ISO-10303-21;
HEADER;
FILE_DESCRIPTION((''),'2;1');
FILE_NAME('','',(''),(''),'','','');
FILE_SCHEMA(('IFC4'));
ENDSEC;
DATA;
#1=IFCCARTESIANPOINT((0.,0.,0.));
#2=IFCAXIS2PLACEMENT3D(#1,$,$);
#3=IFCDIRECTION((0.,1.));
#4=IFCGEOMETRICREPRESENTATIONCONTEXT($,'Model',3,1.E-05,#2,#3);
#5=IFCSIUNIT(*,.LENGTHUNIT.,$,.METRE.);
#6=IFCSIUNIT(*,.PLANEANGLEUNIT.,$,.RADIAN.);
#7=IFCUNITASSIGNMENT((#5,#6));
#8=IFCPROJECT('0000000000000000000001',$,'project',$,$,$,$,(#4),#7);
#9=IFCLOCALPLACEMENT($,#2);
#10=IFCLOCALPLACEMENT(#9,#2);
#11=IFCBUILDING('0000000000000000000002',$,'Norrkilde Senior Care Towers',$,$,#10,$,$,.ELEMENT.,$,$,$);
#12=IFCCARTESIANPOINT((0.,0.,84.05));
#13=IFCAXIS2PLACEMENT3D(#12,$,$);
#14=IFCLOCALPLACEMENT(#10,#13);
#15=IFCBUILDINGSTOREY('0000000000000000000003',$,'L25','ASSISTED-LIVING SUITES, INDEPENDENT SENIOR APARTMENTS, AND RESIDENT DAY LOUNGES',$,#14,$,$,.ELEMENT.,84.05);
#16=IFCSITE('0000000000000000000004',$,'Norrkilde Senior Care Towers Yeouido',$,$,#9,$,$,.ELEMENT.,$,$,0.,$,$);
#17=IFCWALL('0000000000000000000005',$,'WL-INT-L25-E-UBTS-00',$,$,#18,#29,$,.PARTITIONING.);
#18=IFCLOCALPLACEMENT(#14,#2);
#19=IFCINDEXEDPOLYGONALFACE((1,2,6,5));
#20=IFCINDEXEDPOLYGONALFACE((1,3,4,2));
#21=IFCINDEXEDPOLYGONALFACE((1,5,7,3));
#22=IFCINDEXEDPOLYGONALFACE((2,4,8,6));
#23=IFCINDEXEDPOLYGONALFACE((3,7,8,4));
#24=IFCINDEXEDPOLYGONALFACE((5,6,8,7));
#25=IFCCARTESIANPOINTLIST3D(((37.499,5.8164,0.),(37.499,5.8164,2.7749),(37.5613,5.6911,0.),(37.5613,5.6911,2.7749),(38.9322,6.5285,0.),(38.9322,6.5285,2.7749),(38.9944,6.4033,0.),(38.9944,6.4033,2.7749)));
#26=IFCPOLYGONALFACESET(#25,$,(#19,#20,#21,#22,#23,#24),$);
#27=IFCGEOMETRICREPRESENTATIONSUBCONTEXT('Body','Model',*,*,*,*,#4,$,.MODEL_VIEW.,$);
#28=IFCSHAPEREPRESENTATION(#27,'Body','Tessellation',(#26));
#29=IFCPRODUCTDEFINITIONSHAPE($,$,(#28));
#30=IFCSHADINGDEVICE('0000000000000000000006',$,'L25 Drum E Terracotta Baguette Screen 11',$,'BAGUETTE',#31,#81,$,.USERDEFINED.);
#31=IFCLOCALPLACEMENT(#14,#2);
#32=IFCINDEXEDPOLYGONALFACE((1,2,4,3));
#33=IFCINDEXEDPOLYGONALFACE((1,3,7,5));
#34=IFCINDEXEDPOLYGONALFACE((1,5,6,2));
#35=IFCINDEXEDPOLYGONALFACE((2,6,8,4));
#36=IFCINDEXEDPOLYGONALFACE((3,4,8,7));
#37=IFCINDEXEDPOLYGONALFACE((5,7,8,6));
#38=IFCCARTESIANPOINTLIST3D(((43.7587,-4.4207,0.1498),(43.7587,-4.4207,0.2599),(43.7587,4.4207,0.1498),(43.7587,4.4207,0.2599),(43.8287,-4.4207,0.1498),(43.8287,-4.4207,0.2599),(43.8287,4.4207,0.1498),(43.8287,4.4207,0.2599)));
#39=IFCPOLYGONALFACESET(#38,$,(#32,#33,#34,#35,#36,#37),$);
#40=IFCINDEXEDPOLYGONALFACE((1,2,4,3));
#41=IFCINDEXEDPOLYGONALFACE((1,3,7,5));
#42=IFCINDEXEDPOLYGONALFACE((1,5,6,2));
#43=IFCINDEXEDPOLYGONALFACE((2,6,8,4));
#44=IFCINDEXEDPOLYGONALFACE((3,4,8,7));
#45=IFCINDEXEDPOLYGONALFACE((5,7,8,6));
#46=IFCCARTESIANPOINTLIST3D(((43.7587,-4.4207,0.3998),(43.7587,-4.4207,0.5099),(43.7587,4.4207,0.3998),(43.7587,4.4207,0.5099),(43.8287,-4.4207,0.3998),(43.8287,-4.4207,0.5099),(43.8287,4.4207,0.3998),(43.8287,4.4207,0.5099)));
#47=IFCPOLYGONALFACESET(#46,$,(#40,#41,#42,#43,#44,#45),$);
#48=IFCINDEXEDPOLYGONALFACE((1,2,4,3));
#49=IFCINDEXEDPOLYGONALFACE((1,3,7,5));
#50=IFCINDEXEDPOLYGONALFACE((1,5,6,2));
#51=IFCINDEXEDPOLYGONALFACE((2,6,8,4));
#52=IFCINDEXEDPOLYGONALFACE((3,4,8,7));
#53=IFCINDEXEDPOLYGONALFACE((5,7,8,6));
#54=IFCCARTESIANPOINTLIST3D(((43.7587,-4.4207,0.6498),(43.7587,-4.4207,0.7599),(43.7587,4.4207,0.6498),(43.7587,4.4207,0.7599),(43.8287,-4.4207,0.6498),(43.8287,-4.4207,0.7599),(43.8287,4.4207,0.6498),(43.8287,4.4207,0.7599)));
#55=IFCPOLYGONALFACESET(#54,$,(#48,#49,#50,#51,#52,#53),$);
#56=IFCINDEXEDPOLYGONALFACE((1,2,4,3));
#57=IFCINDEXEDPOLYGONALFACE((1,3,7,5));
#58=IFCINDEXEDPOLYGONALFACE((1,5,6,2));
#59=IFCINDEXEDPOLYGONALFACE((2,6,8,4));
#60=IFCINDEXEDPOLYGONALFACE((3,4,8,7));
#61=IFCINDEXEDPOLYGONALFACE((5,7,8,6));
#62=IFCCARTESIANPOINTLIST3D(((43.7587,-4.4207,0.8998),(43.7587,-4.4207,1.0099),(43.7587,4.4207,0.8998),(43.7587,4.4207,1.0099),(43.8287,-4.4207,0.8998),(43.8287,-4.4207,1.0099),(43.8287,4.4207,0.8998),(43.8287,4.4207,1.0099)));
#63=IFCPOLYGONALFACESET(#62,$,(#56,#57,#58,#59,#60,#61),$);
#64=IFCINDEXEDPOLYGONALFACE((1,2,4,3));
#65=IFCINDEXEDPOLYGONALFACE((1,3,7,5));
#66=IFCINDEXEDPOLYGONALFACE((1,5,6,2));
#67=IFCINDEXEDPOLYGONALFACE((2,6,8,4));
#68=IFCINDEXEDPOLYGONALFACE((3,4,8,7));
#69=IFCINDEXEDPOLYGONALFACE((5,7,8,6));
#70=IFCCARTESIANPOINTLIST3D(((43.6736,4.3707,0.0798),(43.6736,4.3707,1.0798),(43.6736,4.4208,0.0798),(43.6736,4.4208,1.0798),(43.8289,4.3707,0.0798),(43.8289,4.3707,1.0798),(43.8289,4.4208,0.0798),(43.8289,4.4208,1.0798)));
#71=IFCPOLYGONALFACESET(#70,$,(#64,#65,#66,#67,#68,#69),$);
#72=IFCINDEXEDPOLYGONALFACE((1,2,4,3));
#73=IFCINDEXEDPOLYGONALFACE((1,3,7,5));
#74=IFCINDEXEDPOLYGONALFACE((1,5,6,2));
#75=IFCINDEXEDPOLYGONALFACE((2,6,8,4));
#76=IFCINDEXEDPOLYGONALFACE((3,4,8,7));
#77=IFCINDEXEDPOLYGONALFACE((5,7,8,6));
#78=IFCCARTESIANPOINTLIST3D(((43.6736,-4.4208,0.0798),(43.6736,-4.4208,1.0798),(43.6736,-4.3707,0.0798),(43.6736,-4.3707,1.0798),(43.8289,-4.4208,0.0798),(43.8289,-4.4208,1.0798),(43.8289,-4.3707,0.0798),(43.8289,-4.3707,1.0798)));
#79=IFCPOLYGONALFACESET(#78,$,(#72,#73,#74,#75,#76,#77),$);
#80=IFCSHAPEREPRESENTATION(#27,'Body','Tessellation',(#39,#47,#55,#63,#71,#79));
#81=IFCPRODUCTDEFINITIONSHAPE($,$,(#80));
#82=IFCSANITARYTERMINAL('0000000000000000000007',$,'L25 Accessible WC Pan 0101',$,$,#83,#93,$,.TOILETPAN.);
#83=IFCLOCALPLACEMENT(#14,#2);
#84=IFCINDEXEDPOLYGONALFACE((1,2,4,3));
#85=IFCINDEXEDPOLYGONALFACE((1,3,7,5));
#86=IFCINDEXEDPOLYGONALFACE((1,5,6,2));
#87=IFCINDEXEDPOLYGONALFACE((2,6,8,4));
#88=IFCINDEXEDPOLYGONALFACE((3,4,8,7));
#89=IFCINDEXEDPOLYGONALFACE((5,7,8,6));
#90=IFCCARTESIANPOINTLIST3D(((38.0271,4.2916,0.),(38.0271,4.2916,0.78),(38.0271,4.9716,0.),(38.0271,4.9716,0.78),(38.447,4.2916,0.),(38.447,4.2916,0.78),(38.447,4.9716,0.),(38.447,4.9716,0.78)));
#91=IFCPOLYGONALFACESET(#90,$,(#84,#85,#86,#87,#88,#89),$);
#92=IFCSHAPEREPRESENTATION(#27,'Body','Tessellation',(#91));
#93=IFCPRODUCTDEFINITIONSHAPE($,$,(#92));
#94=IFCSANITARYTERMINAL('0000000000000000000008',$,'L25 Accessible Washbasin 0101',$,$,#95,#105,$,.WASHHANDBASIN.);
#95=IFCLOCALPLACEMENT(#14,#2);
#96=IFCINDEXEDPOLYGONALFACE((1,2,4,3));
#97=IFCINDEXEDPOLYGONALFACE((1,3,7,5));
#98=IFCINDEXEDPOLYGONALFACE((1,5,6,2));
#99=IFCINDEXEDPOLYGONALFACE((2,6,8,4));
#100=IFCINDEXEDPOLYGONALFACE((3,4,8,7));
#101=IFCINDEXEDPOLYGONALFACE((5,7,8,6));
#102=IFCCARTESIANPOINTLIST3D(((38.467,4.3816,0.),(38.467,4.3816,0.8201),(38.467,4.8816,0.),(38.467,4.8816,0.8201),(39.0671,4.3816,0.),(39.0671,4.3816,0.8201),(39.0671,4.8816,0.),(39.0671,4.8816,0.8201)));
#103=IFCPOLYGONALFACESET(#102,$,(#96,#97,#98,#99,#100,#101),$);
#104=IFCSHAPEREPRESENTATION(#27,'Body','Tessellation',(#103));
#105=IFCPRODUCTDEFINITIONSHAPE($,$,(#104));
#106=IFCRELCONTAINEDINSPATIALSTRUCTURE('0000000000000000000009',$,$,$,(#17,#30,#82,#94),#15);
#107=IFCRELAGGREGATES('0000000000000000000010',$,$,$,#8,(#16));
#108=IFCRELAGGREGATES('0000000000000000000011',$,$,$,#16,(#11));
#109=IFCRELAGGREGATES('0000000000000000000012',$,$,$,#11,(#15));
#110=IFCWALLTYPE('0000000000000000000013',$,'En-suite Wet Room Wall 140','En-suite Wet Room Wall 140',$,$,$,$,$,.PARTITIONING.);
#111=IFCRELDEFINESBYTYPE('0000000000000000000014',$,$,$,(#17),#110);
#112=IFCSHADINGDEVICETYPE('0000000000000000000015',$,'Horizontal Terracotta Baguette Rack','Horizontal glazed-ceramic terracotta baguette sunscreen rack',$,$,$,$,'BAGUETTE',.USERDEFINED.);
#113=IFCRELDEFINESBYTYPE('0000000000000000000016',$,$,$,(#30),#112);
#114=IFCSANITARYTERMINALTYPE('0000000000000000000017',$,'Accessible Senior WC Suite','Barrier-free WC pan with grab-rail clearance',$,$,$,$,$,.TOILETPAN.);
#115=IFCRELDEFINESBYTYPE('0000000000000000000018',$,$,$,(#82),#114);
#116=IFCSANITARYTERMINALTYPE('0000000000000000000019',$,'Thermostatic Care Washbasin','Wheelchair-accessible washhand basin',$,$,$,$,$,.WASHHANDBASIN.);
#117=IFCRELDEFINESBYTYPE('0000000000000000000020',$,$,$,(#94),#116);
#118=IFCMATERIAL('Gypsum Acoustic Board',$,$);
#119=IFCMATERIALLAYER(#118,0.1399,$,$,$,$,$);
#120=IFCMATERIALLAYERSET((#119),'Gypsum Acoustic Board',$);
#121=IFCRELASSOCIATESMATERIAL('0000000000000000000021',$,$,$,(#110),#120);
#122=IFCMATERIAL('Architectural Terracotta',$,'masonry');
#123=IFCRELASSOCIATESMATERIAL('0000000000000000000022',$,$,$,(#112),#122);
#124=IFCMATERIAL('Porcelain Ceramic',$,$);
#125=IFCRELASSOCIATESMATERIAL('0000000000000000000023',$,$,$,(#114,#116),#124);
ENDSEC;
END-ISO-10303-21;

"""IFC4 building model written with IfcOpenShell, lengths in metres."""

from ifc_helpers import new_model, si_unit, direction, frame, frame_2d, origin, origin_2d, place, context, subcontext, project, spatial, rectangle, extrude, source, transform, mapped, material, layer, layer_set, type_object, type_shapes, element, save


model = new_model("IFC4")

# Units and contexts
model_context = context("Model", 3, precision=1e-05, world=origin(), true_north=direction((0.0, 1.0)))
body_context = subcontext(model_context, "Body", "Model", "MODEL_VIEW")
ifc_project = project(units=[si_unit("LENGTHUNIT", "METRE"), si_unit("PLANEANGLEUNIT", "RADIAN")], contexts=[model_context])

# Site, building, storey
site_placement = place(None, origin())
site = spatial("IfcSite", under=ifc_project, at=site_placement, Name="Norrkilde Senior Care Towers Yeouido", CompositionType="ELEMENT", RefElevation=0.0)
building_placement = place(site_placement, origin())
building = spatial("IfcBuilding", under=site, at=building_placement, Name="Norrkilde Senior Care Towers", CompositionType="ELEMENT")
storey_placement = place(building_placement, frame((0.0, 0.0, 84.05)))
storey = spatial("IfcBuildingStorey", under=building, at=storey_placement, Name="L25", Description="ASSISTED-LIVING SUITES, INDEPENDENT SENIOR APARTMENTS, AND RESIDENT DAY LOUNGES", CompositionType="ELEMENT", Elevation=84.05)

# Shared definitions
ifc_material_1 = material(Name="Gypsum Acoustic Board")

# Wall
ifc_layer_1 = layer(ifc_material_1, 0.1399)
ifc_layer_set_1 = layer_set([ifc_layer_1], Name="Gypsum Acoustic Board")
wall_type_1 = type_object("IfcWallType", Name="En-suite Wet Room Wall 140", Description="En-suite Wet Room Wall 140", PredefinedType="PARTITIONING", material=ifc_layer_set_1)
shared_shape_1 = source(origin(), body_context, "Body", "SweptSolid", [
    extrude(rectangle(XDim=1.6003, YDim=0.1399, at=frame_2d((0.8003, 0.0))), origin(), (0.0, 0.0, 1.0), 2.7749),
])
type_shapes(wall_type_1, [shared_shape_1])
wall_1_placement = place(storey_placement, frame((37.53, 5.7537, 0.0), z_axis=(0.0, 0.0, 1.0), x_axis=(0.895523, 0.445015, 0.0)))
element("IfcWall", 1, at=wall_1_placement, inside=storey, type_object=wall_type_1, Name="WL-INT-L25-E-UBTS-00", PredefinedType="PARTITIONING", context=body_context, shape_type="MappedRepresentation", body=[
    mapped(shared_shape_1, transform((0.0, 0.0, 0.0), x_axis=(1.0, 0.0, 0.0), y_axis=(0.0, 1.0, 0.0), z_axis=(0.0, 0.0, 1.0), scale=1.0)),
])

# Shading device
ifc_material_2 = material(Name="Architectural Terracotta", Category="masonry")
shading_device_type = type_object("IfcShadingDeviceType", Name="Horizontal Terracotta Baguette Rack", Description="Horizontal glazed-ceramic terracotta baguette sunscreen rack", ElementType="BAGUETTE", PredefinedType="USERDEFINED", material=ifc_material_2)
shared_shape_2 = source(origin(), body_context, "Body", "SweptSolid", [
    extrude(rectangle(XDim=0.0701, YDim=0.1101, at=origin_2d()), frame((0.0, 0.0901, 0.125), z_axis=(1.0, 0.0, 0.0), x_axis=(0.0, 1.0, 0.0)), (0.0, 0.0, 1.0), 8.8413),
    extrude(rectangle(XDim=0.0701, YDim=0.1101, at=origin_2d()), frame((0.0, 0.0901, 0.375), z_axis=(1.0, 0.0, 0.0), x_axis=(0.0, 1.0, 0.0)), (0.0, 0.0, 1.0), 8.8413),
    extrude(rectangle(XDim=0.0701, YDim=0.1101, at=origin_2d()), frame((0.0, 0.0901, 0.625), z_axis=(1.0, 0.0, 0.0), x_axis=(0.0, 1.0, 0.0)), (0.0, 0.0, 1.0), 8.8413),
    extrude(rectangle(XDim=0.0701, YDim=0.1101, at=origin_2d()), frame((0.0, 0.0901, 0.875), z_axis=(1.0, 0.0, 0.0), x_axis=(0.0, 1.0, 0.0)), (0.0, 0.0, 1.0), 8.8413),
    extrude(rectangle(XDim=0.05, YDim=0.1553, at=origin_2d()), frame((0.0249, 0.0476, 0.0)), (0.0, 0.0, 1.0), 1.0),
    extrude(rectangle(XDim=0.05, YDim=0.1553, at=origin_2d()), frame((8.8164, 0.0476, 0.0)), (0.0, 0.0, 1.0), 1.0),
])
type_shapes(shading_device_type, [shared_shape_2])
shading_device_placement = place(storey_placement, frame((43.7036, 4.4207, 0.0798), z_axis=(0.0, 0.0, 1.0), x_axis=(0.0, -1.0, 0.0)))
element("IfcShadingDevice", 2, at=shading_device_placement, inside=storey, type_object=shading_device_type, Name="L25 Drum E Terracotta Baguette Screen 11", ObjectType="BAGUETTE", PredefinedType="USERDEFINED", context=body_context, shape_type="MappedRepresentation", body=[
    mapped(shared_shape_2, transform((0.0, 0.0, 0.0), x_axis=(1.0, 0.0, 0.0), y_axis=(0.0, 1.0, 0.0), z_axis=(0.0, 0.0, 1.0), scale=1.0)),
])

# Sanitary terminals
ifc_material_3 = material(Name="Porcelain Ceramic")
sanitary_terminal_type_1 = type_object("IfcSanitaryTerminalType", Name="Accessible Senior WC Suite", Description="Barrier-free WC pan with grab-rail clearance", PredefinedType="TOILETPAN", material=ifc_material_3)
shared_shape_3 = source(origin(), body_context, "Body", "SweptSolid", [
    extrude(rectangle(XDim=0.4199, YDim=0.6799, at=origin_2d()), origin(), (0.0, 0.0, 1.0), 0.78),
])
type_shapes(sanitary_terminal_type_1, [shared_shape_3])
sanitary_terminal_1_placement = place(storey_placement, frame((38.2371, 4.6316, 0.0), z_axis=(0.0, 0.0, 1.0), x_axis=(1.0, 0.0, 0.0)))
element("IfcSanitaryTerminal", 3, at=sanitary_terminal_1_placement, inside=storey, type_object=sanitary_terminal_type_1, Name="L25 Accessible WC Pan 0101", PredefinedType="TOILETPAN", context=body_context, shape_type="MappedRepresentation", body=[
    mapped(shared_shape_3, transform((0.0, 0.0, 0.0), x_axis=(1.0, 0.0, 0.0), y_axis=(0.0, 1.0, 0.0), z_axis=(0.0, 0.0, 1.0), scale=1.0)),
])
sanitary_terminal_type_2 = type_object("IfcSanitaryTerminalType", Name="Thermostatic Care Washbasin", Description="Wheelchair-accessible washhand basin", PredefinedType="WASHHANDBASIN", material=ifc_material_3)
shared_shape_4 = source(origin(), body_context, "Body", "SweptSolid", [
    extrude(rectangle(XDim=0.6001, YDim=0.5, at=origin_2d()), origin(), (0.0, 0.0, 1.0), 0.8201),
])
type_shapes(sanitary_terminal_type_2, [shared_shape_4])
sanitary_terminal_2_placement = place(storey_placement, frame((38.7671, 4.6316, 0.0), z_axis=(0.0, 0.0, 1.0), x_axis=(1.0, 0.0, 0.0)))
element("IfcSanitaryTerminal", 4, at=sanitary_terminal_2_placement, inside=storey, type_object=sanitary_terminal_type_2, Name="L25 Accessible Washbasin 0101", PredefinedType="WASHHANDBASIN", context=body_context, shape_type="MappedRepresentation", body=[
    mapped(shared_shape_4, transform((0.0, 0.0, 0.0), x_axis=(1.0, 0.0, 0.0), y_axis=(0.0, 1.0, 0.0), z_axis=(0.0, 0.0, 1.0), scale=1.0)),
])

save(model, "model.ifc")
